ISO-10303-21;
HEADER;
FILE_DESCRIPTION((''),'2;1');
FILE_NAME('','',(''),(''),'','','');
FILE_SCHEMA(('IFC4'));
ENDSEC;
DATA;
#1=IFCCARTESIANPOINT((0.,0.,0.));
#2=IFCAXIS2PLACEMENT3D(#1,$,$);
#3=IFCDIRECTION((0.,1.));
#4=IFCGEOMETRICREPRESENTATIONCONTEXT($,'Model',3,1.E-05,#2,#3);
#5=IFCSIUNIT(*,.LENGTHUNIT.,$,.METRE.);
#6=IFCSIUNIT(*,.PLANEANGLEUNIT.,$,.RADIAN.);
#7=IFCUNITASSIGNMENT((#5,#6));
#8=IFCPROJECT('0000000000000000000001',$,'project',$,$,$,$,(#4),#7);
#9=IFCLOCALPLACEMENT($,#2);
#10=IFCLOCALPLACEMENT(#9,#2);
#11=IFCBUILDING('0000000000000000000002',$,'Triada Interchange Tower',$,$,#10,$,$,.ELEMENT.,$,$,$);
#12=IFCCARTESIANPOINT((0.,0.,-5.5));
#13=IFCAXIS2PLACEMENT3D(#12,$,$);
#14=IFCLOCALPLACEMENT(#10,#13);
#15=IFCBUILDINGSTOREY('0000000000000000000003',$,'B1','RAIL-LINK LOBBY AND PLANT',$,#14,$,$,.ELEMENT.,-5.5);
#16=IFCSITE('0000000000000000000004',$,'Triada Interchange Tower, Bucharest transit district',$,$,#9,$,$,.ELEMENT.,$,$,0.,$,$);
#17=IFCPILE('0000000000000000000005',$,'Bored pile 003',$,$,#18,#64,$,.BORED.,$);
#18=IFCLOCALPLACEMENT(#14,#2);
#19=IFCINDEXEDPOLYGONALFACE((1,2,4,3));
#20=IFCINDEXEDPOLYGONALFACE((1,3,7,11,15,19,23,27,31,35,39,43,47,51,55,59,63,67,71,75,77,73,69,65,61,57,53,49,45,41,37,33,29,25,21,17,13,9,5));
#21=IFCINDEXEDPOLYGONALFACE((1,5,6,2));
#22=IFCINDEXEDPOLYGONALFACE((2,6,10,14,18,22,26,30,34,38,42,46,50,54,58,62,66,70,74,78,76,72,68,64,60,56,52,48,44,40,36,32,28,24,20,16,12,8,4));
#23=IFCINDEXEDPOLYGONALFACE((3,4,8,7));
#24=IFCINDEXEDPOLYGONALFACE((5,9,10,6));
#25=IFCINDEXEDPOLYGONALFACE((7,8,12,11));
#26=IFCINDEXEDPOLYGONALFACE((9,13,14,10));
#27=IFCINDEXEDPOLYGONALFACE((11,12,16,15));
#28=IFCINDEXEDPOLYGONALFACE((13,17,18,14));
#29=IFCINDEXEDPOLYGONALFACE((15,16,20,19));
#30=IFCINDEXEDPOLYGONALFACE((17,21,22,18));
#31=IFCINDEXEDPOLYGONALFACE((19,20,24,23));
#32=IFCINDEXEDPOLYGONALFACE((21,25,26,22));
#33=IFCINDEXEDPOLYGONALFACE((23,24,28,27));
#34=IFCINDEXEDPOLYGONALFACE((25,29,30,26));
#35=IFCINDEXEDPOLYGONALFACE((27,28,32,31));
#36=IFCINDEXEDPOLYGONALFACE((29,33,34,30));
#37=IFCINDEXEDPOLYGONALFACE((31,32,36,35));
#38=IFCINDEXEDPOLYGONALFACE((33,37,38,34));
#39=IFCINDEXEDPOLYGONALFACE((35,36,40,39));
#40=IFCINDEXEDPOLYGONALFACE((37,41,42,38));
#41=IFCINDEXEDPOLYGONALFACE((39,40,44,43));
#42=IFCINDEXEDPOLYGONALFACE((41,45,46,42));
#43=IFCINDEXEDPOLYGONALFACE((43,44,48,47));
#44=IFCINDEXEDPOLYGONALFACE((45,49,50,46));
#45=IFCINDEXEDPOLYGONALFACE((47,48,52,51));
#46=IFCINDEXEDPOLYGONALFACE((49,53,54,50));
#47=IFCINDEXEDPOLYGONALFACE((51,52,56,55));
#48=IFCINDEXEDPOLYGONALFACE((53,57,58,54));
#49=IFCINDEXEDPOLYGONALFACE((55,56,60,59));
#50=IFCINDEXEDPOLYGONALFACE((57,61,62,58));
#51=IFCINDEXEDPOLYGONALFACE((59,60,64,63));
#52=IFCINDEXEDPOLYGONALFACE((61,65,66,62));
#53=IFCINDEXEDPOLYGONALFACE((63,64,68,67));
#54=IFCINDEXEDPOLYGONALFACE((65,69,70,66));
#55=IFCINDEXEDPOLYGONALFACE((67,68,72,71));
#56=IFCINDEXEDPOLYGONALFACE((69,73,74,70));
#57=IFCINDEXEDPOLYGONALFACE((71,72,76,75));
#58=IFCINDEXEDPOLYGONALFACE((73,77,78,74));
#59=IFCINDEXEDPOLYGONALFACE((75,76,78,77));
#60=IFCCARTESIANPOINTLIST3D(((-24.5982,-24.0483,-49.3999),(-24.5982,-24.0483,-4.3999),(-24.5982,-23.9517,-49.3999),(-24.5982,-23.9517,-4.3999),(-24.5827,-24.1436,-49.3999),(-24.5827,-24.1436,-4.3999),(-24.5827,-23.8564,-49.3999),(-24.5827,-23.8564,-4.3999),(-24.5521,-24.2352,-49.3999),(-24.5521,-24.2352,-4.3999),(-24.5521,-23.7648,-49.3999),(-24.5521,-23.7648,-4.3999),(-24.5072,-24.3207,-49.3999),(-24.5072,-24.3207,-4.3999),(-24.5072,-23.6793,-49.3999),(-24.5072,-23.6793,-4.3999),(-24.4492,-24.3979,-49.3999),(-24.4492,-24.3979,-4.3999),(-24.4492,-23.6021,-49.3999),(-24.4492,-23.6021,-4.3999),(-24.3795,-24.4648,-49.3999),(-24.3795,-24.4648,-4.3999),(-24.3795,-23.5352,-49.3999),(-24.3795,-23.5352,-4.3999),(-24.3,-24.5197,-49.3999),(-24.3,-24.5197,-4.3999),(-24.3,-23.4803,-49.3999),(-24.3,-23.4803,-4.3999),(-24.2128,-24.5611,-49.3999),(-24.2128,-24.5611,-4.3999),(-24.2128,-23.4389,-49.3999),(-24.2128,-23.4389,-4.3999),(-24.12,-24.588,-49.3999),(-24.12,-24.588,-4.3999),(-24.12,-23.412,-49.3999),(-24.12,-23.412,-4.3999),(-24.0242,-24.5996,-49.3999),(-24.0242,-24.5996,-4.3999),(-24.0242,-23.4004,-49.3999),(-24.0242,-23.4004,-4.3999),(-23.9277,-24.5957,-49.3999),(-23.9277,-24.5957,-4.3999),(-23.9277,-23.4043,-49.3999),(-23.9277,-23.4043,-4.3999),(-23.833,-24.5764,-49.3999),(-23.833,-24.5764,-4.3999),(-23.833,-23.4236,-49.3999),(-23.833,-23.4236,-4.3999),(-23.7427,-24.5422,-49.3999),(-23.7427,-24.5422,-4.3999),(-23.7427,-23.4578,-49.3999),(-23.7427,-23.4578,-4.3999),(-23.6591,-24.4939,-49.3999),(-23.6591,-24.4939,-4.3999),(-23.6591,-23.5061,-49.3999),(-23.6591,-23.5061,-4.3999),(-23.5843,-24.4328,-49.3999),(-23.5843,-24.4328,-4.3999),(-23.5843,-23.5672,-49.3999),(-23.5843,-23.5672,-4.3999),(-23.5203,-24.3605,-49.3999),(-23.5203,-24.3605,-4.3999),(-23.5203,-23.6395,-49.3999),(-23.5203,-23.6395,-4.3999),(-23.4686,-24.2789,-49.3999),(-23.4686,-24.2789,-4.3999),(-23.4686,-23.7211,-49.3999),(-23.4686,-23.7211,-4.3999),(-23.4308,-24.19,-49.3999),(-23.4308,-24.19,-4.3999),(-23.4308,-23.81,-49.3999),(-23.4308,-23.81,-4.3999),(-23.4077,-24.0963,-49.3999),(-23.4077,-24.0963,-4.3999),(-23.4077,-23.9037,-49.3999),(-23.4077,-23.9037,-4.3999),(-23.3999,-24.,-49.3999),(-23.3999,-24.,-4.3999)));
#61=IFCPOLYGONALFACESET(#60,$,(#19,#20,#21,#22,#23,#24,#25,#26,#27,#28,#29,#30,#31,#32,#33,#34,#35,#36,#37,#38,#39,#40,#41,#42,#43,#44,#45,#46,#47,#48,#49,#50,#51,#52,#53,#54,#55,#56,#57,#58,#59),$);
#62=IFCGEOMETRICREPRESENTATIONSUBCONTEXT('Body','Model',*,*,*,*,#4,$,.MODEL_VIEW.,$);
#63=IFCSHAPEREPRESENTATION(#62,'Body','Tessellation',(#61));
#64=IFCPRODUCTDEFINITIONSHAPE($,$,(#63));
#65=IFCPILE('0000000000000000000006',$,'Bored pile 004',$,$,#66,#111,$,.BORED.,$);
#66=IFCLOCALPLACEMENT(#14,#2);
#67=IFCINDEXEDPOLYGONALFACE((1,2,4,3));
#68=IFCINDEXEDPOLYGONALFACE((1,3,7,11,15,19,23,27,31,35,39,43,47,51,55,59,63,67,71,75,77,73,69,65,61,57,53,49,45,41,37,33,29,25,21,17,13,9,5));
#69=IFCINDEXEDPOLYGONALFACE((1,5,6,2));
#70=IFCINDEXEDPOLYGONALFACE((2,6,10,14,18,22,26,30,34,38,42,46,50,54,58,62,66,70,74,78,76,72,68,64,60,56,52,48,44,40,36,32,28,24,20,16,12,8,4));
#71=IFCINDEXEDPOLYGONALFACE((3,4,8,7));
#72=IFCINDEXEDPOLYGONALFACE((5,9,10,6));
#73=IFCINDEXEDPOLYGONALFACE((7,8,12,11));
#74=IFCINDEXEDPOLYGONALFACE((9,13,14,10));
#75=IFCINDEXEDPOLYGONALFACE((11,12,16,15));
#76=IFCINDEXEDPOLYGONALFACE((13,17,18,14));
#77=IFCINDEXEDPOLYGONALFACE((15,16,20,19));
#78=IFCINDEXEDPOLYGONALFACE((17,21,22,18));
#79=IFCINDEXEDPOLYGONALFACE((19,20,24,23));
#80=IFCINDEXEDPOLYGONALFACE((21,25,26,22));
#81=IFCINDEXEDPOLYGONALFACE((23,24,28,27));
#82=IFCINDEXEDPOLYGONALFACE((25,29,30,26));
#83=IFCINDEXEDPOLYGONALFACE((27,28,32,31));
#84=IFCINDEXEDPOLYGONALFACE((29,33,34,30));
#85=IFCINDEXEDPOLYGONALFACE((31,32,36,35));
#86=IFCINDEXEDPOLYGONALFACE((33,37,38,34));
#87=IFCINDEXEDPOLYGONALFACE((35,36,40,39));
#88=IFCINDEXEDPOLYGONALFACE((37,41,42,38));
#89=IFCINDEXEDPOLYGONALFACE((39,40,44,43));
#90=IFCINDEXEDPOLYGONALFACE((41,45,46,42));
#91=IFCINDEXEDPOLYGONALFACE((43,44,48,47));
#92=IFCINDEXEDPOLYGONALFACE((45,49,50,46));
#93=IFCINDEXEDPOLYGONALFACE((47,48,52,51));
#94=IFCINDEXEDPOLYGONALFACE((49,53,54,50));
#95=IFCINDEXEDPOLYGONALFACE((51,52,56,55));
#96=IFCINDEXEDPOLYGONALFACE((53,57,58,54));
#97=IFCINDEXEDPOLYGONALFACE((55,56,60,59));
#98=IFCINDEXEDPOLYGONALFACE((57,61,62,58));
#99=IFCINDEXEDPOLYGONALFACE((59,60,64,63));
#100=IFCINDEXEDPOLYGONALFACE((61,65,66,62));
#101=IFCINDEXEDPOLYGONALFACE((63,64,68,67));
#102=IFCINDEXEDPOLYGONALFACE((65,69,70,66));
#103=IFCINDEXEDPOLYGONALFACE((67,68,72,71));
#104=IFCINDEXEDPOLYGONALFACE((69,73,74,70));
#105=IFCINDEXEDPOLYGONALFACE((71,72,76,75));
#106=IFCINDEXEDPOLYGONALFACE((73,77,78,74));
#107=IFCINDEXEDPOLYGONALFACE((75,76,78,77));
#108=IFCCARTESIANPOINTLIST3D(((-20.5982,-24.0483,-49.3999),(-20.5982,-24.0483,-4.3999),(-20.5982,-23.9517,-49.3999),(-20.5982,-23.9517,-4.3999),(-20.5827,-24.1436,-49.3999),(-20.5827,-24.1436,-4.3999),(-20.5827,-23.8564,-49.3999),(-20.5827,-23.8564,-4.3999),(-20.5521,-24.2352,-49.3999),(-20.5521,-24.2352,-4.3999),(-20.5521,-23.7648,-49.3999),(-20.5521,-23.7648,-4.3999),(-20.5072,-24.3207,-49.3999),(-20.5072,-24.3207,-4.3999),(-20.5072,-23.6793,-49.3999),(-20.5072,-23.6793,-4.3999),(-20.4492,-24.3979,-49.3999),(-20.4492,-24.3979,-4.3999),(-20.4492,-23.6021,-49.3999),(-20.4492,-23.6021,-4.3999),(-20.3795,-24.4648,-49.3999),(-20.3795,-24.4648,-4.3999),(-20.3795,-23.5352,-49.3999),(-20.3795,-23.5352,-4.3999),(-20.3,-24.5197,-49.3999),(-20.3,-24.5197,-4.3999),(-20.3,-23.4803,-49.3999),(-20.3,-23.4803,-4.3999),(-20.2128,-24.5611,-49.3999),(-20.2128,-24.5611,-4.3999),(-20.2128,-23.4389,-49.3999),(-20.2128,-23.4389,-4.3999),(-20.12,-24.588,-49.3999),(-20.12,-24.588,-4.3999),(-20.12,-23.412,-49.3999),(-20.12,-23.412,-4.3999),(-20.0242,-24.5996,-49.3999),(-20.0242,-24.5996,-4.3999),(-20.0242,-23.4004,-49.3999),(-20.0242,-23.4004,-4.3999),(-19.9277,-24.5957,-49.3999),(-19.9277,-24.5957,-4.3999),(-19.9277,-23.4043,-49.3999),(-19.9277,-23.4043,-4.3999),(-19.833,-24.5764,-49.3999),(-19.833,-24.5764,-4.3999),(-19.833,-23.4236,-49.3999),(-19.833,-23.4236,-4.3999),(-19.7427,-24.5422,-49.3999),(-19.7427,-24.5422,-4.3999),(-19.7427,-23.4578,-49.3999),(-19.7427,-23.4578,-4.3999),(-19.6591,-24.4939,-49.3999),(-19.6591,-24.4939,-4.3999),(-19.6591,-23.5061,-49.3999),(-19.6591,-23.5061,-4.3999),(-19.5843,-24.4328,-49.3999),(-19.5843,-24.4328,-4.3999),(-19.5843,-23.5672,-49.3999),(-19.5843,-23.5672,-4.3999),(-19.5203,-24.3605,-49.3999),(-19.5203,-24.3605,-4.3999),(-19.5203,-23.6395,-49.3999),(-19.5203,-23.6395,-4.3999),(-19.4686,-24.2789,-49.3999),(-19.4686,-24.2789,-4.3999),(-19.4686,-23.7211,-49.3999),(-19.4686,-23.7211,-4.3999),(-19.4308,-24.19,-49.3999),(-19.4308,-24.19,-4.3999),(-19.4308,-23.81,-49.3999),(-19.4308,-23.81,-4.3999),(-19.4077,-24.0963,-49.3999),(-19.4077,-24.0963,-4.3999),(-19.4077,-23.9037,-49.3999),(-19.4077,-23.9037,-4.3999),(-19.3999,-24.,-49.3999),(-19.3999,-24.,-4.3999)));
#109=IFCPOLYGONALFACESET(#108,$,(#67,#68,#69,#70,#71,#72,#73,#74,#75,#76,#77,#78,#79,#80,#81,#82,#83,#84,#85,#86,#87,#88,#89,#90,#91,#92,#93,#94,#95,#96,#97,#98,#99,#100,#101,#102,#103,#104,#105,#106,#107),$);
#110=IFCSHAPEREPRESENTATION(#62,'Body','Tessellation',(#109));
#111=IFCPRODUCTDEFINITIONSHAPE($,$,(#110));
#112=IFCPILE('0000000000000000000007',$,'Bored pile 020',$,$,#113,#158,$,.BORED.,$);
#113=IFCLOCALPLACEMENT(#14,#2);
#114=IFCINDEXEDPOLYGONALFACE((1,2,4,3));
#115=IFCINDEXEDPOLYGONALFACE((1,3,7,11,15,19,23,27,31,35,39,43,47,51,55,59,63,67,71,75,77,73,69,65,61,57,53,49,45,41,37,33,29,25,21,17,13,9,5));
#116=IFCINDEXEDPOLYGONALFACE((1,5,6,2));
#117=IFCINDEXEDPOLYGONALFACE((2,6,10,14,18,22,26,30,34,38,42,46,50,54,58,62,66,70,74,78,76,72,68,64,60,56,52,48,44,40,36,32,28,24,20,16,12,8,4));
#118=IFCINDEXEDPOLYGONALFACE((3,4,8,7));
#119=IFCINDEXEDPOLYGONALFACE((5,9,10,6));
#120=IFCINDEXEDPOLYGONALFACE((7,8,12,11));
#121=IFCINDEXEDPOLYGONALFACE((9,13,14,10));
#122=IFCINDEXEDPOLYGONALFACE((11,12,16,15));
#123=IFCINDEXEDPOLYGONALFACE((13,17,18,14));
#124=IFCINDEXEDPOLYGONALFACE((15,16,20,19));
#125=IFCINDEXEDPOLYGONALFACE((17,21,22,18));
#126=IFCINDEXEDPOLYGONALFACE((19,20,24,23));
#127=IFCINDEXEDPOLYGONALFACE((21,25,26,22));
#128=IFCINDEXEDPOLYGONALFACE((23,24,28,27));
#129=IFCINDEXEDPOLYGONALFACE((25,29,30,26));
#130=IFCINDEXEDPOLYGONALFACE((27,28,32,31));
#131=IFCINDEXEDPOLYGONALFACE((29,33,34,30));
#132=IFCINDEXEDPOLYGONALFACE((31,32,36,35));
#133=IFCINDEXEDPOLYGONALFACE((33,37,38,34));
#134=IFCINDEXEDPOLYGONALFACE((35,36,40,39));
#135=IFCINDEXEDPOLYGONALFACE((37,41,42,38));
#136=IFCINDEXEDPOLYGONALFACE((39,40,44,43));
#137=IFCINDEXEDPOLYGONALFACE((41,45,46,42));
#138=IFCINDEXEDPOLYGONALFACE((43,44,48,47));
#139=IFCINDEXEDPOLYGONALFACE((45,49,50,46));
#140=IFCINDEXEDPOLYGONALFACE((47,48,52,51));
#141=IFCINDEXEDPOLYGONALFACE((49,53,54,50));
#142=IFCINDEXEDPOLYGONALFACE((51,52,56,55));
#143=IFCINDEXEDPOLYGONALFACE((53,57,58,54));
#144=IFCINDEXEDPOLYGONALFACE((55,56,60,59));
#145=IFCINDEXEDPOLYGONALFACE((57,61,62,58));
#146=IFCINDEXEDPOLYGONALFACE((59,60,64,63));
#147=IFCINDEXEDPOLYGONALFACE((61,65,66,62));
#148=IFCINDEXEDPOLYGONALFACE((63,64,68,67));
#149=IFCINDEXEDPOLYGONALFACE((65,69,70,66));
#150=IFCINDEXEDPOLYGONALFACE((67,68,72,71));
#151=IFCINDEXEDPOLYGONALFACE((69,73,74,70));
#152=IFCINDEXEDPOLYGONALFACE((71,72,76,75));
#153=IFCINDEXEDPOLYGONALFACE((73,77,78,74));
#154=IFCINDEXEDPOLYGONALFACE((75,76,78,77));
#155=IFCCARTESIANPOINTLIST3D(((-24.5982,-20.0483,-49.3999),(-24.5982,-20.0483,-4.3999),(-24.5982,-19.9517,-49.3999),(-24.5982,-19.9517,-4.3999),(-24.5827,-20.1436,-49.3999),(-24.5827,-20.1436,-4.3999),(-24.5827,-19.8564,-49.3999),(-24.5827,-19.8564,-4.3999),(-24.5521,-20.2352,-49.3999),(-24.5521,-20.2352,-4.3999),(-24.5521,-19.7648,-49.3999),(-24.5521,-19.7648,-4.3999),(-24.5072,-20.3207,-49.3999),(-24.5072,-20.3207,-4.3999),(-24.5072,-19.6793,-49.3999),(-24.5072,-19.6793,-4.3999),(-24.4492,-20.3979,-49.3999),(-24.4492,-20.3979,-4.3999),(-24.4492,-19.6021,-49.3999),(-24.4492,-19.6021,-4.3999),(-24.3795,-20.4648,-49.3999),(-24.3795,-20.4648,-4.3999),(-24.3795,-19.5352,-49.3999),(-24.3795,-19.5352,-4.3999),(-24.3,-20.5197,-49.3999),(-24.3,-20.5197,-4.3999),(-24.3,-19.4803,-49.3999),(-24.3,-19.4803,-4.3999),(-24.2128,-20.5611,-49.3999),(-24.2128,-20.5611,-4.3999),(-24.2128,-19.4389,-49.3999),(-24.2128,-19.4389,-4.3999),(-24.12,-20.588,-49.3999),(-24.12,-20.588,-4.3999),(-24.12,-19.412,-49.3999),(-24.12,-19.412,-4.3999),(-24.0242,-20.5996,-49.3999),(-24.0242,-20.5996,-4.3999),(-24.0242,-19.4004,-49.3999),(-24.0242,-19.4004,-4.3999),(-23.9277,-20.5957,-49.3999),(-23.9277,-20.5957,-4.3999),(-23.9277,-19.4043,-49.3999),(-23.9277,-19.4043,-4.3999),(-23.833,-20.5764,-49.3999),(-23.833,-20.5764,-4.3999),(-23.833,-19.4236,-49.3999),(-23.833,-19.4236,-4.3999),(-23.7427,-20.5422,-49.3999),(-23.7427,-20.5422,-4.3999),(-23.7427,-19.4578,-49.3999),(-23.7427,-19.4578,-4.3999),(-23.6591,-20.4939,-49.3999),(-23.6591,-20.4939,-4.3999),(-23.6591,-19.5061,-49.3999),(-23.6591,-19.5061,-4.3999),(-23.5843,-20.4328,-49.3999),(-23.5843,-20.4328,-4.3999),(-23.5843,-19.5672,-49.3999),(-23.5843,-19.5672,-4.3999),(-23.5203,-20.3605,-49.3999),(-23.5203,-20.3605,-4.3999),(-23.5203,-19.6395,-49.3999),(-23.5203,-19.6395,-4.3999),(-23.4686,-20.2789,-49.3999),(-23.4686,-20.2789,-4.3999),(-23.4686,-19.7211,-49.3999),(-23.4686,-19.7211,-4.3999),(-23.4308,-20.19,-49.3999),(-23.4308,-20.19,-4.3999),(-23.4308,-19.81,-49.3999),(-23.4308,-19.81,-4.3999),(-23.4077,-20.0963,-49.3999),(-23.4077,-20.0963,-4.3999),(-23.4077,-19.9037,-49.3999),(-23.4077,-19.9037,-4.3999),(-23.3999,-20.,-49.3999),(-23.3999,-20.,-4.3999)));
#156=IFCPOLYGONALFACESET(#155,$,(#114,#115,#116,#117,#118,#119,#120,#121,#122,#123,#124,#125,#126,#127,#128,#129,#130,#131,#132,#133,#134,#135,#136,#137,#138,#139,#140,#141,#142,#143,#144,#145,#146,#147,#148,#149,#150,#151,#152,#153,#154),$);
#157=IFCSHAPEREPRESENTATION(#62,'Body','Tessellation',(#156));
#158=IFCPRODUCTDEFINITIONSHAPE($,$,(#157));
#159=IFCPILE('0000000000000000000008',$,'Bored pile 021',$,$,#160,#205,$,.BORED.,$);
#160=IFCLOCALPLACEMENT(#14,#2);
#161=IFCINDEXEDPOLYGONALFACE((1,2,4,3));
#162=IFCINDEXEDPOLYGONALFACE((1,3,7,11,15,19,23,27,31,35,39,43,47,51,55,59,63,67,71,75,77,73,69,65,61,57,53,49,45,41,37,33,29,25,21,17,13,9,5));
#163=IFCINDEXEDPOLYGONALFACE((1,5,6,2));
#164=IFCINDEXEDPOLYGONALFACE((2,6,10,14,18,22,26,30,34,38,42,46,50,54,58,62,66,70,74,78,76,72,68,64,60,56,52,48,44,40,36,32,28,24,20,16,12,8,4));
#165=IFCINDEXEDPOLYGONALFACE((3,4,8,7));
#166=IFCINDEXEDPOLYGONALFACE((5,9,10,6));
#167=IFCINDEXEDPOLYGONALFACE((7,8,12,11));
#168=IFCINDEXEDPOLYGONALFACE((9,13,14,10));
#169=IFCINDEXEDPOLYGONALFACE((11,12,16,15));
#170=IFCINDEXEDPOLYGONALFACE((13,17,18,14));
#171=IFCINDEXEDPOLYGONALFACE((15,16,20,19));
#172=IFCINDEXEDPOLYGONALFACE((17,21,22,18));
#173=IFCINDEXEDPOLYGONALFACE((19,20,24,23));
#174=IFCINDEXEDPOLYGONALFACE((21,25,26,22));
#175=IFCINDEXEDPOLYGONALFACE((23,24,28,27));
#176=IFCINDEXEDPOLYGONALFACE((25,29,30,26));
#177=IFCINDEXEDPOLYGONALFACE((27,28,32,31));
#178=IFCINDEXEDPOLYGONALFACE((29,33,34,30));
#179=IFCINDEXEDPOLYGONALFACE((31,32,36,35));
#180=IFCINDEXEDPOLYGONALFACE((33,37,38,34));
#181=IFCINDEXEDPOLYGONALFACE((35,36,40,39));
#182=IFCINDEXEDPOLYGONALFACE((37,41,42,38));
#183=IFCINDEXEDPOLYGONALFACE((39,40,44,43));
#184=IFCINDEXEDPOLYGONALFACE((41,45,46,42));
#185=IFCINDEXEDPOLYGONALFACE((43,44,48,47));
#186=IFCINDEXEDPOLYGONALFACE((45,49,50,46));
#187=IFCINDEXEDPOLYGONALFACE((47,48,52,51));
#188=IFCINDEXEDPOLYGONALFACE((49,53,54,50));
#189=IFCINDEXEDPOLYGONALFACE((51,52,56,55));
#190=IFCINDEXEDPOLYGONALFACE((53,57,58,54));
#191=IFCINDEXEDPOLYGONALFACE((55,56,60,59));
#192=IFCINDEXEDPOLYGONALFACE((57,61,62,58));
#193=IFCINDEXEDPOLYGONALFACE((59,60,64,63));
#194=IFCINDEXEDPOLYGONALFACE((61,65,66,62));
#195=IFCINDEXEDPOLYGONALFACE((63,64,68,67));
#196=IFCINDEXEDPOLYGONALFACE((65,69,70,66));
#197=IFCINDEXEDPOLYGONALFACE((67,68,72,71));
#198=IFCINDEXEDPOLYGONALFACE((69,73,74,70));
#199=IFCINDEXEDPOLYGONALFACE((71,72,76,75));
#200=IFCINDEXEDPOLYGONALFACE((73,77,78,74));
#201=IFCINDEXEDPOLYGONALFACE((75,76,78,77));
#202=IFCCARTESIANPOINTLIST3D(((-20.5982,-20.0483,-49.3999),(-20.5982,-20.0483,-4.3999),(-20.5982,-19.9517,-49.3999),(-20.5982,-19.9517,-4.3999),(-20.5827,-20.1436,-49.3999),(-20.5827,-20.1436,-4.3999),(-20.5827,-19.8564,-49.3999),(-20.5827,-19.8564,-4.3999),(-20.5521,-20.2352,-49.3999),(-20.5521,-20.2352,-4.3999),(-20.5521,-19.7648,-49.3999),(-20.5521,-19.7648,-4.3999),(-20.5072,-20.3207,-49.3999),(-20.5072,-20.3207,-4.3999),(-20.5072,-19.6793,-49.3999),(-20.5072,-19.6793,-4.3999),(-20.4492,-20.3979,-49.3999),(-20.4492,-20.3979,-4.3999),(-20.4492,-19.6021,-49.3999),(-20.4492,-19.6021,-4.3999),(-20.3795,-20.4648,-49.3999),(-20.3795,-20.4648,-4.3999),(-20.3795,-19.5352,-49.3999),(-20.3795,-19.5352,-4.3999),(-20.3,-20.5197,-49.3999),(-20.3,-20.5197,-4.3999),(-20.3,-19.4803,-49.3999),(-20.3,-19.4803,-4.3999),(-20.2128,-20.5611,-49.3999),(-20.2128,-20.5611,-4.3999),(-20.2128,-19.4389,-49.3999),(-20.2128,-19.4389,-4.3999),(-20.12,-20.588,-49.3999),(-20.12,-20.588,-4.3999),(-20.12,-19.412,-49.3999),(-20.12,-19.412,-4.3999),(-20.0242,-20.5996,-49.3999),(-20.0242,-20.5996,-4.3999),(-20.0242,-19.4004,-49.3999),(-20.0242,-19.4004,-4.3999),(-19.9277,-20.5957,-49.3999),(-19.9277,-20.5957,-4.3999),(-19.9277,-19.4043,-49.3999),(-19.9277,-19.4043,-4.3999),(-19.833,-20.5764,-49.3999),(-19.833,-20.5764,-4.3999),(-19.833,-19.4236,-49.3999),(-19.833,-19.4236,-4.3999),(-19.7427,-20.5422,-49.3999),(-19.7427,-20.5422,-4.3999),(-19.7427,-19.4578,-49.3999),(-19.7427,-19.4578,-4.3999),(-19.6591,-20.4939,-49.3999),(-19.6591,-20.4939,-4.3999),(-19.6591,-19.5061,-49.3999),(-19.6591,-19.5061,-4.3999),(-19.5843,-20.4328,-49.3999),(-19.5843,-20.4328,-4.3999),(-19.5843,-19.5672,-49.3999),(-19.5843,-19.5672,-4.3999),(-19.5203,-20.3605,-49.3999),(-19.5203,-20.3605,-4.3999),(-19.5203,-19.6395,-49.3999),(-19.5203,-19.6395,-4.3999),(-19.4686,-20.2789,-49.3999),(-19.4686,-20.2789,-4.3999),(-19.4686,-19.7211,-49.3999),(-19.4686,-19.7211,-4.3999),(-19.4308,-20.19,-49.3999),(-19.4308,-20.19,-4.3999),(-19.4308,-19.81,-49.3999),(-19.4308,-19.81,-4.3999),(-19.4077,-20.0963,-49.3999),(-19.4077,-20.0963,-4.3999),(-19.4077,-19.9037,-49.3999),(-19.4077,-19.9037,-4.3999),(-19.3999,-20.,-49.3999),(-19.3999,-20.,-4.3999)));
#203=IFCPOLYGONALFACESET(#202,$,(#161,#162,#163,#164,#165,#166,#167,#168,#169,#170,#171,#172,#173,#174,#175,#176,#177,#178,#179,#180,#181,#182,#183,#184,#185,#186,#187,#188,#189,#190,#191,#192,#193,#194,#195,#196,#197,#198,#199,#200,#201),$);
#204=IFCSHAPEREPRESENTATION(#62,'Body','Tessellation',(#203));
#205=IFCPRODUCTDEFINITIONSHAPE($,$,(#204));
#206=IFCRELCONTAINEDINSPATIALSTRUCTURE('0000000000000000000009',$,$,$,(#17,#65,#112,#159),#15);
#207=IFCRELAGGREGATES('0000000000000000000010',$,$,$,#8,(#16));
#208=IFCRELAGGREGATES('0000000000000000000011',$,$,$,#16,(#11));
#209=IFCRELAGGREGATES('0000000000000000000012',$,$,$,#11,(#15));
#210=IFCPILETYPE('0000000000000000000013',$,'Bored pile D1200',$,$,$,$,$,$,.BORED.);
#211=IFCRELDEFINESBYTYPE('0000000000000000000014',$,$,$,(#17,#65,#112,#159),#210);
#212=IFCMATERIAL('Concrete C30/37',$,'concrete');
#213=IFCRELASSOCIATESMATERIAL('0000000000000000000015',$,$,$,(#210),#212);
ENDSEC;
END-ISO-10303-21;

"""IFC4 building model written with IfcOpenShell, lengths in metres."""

from ifc_helpers import new_model, si_unit, direction, frame, origin, origin_2d, place, context, subcontext, project, spatial, circle, extrude, material, material_profile, profile_set, type_object, element, save


model = new_model("IFC4")

# Units and contexts
model_context = context("Model", 3, precision=1e-05, world=origin(), true_north=direction((0.0, 1.0)))
body_context = subcontext(model_context, "Body", "Model", "MODEL_VIEW")
ifc_project = project(units=[si_unit("LENGTHUNIT", "METRE"), si_unit("PLANEANGLEUNIT", "RADIAN")], contexts=[model_context])

# Site, building, storey
site_placement = place(None, origin())
site = spatial("IfcSite", under=ifc_project, at=site_placement, Name="Triada Interchange Tower, Bucharest transit district", CompositionType="ELEMENT", RefElevation=0.0)
building_placement = place(site_placement, origin())
building = spatial("IfcBuilding", under=site, at=building_placement, Name="Triada Interchange Tower", CompositionType="ELEMENT")
storey_placement = place(building_placement, frame((0.0, 0.0, -5.5)))
storey = spatial("IfcBuildingStorey", under=building, at=storey_placement, Name="B1", Description="RAIL-LINK LOBBY AND PLANT", CompositionType="ELEMENT", Elevation=-5.5)

# Piles
ifc_material_1 = material(Name="Concrete C30/37", Category="concrete")
ifc_material_profile_1 = material_profile(ifc_material_1, circle(Radius=0.6001, at=origin_2d()), Name="RC D1200")
ifc_profile_set_1 = profile_set([ifc_material_profile_1], Name="Concrete C30/37")
pile_type = type_object("IfcPileType", Name="Bored pile D1200", PredefinedType="BORED", material=ifc_profile_set_1)
for number, where, z_axis, x_axis, name in (
    (1, (-24.0, -24.0, -4.3999), (0.0, 0.0, -1.0), (1.0, 0.0, 0.0), "Bored pile 003"),
    (2, (-20.0, -24.0, -4.3999), (0.0, 0.0, -1.0), (1.0, 0.0, 0.0), "Bored pile 004"),
    (3, (-24.0, -20.0, -4.3999), (0.0, 0.0, -1.0), (1.0, 0.0, 0.0), "Bored pile 020"),
    (4, (-20.0, -20.0, -4.3999), (0.0, 0.0, -1.0), (1.0, 0.0, 0.0), "Bored pile 021"),
):
    element("IfcPile", number, at=place(storey_placement, frame(where, z_axis=z_axis, x_axis=x_axis)), inside=storey, type_object=pile_type, Name=name, PredefinedType="BORED", context=body_context, shape_type="SweptSolid", body=[
        extrude(circle(Radius=0.6001, at=origin_2d()), origin(), (0.0, 0.0, 1.0), 45.0),
    ])

save(model, "model.ifc")
